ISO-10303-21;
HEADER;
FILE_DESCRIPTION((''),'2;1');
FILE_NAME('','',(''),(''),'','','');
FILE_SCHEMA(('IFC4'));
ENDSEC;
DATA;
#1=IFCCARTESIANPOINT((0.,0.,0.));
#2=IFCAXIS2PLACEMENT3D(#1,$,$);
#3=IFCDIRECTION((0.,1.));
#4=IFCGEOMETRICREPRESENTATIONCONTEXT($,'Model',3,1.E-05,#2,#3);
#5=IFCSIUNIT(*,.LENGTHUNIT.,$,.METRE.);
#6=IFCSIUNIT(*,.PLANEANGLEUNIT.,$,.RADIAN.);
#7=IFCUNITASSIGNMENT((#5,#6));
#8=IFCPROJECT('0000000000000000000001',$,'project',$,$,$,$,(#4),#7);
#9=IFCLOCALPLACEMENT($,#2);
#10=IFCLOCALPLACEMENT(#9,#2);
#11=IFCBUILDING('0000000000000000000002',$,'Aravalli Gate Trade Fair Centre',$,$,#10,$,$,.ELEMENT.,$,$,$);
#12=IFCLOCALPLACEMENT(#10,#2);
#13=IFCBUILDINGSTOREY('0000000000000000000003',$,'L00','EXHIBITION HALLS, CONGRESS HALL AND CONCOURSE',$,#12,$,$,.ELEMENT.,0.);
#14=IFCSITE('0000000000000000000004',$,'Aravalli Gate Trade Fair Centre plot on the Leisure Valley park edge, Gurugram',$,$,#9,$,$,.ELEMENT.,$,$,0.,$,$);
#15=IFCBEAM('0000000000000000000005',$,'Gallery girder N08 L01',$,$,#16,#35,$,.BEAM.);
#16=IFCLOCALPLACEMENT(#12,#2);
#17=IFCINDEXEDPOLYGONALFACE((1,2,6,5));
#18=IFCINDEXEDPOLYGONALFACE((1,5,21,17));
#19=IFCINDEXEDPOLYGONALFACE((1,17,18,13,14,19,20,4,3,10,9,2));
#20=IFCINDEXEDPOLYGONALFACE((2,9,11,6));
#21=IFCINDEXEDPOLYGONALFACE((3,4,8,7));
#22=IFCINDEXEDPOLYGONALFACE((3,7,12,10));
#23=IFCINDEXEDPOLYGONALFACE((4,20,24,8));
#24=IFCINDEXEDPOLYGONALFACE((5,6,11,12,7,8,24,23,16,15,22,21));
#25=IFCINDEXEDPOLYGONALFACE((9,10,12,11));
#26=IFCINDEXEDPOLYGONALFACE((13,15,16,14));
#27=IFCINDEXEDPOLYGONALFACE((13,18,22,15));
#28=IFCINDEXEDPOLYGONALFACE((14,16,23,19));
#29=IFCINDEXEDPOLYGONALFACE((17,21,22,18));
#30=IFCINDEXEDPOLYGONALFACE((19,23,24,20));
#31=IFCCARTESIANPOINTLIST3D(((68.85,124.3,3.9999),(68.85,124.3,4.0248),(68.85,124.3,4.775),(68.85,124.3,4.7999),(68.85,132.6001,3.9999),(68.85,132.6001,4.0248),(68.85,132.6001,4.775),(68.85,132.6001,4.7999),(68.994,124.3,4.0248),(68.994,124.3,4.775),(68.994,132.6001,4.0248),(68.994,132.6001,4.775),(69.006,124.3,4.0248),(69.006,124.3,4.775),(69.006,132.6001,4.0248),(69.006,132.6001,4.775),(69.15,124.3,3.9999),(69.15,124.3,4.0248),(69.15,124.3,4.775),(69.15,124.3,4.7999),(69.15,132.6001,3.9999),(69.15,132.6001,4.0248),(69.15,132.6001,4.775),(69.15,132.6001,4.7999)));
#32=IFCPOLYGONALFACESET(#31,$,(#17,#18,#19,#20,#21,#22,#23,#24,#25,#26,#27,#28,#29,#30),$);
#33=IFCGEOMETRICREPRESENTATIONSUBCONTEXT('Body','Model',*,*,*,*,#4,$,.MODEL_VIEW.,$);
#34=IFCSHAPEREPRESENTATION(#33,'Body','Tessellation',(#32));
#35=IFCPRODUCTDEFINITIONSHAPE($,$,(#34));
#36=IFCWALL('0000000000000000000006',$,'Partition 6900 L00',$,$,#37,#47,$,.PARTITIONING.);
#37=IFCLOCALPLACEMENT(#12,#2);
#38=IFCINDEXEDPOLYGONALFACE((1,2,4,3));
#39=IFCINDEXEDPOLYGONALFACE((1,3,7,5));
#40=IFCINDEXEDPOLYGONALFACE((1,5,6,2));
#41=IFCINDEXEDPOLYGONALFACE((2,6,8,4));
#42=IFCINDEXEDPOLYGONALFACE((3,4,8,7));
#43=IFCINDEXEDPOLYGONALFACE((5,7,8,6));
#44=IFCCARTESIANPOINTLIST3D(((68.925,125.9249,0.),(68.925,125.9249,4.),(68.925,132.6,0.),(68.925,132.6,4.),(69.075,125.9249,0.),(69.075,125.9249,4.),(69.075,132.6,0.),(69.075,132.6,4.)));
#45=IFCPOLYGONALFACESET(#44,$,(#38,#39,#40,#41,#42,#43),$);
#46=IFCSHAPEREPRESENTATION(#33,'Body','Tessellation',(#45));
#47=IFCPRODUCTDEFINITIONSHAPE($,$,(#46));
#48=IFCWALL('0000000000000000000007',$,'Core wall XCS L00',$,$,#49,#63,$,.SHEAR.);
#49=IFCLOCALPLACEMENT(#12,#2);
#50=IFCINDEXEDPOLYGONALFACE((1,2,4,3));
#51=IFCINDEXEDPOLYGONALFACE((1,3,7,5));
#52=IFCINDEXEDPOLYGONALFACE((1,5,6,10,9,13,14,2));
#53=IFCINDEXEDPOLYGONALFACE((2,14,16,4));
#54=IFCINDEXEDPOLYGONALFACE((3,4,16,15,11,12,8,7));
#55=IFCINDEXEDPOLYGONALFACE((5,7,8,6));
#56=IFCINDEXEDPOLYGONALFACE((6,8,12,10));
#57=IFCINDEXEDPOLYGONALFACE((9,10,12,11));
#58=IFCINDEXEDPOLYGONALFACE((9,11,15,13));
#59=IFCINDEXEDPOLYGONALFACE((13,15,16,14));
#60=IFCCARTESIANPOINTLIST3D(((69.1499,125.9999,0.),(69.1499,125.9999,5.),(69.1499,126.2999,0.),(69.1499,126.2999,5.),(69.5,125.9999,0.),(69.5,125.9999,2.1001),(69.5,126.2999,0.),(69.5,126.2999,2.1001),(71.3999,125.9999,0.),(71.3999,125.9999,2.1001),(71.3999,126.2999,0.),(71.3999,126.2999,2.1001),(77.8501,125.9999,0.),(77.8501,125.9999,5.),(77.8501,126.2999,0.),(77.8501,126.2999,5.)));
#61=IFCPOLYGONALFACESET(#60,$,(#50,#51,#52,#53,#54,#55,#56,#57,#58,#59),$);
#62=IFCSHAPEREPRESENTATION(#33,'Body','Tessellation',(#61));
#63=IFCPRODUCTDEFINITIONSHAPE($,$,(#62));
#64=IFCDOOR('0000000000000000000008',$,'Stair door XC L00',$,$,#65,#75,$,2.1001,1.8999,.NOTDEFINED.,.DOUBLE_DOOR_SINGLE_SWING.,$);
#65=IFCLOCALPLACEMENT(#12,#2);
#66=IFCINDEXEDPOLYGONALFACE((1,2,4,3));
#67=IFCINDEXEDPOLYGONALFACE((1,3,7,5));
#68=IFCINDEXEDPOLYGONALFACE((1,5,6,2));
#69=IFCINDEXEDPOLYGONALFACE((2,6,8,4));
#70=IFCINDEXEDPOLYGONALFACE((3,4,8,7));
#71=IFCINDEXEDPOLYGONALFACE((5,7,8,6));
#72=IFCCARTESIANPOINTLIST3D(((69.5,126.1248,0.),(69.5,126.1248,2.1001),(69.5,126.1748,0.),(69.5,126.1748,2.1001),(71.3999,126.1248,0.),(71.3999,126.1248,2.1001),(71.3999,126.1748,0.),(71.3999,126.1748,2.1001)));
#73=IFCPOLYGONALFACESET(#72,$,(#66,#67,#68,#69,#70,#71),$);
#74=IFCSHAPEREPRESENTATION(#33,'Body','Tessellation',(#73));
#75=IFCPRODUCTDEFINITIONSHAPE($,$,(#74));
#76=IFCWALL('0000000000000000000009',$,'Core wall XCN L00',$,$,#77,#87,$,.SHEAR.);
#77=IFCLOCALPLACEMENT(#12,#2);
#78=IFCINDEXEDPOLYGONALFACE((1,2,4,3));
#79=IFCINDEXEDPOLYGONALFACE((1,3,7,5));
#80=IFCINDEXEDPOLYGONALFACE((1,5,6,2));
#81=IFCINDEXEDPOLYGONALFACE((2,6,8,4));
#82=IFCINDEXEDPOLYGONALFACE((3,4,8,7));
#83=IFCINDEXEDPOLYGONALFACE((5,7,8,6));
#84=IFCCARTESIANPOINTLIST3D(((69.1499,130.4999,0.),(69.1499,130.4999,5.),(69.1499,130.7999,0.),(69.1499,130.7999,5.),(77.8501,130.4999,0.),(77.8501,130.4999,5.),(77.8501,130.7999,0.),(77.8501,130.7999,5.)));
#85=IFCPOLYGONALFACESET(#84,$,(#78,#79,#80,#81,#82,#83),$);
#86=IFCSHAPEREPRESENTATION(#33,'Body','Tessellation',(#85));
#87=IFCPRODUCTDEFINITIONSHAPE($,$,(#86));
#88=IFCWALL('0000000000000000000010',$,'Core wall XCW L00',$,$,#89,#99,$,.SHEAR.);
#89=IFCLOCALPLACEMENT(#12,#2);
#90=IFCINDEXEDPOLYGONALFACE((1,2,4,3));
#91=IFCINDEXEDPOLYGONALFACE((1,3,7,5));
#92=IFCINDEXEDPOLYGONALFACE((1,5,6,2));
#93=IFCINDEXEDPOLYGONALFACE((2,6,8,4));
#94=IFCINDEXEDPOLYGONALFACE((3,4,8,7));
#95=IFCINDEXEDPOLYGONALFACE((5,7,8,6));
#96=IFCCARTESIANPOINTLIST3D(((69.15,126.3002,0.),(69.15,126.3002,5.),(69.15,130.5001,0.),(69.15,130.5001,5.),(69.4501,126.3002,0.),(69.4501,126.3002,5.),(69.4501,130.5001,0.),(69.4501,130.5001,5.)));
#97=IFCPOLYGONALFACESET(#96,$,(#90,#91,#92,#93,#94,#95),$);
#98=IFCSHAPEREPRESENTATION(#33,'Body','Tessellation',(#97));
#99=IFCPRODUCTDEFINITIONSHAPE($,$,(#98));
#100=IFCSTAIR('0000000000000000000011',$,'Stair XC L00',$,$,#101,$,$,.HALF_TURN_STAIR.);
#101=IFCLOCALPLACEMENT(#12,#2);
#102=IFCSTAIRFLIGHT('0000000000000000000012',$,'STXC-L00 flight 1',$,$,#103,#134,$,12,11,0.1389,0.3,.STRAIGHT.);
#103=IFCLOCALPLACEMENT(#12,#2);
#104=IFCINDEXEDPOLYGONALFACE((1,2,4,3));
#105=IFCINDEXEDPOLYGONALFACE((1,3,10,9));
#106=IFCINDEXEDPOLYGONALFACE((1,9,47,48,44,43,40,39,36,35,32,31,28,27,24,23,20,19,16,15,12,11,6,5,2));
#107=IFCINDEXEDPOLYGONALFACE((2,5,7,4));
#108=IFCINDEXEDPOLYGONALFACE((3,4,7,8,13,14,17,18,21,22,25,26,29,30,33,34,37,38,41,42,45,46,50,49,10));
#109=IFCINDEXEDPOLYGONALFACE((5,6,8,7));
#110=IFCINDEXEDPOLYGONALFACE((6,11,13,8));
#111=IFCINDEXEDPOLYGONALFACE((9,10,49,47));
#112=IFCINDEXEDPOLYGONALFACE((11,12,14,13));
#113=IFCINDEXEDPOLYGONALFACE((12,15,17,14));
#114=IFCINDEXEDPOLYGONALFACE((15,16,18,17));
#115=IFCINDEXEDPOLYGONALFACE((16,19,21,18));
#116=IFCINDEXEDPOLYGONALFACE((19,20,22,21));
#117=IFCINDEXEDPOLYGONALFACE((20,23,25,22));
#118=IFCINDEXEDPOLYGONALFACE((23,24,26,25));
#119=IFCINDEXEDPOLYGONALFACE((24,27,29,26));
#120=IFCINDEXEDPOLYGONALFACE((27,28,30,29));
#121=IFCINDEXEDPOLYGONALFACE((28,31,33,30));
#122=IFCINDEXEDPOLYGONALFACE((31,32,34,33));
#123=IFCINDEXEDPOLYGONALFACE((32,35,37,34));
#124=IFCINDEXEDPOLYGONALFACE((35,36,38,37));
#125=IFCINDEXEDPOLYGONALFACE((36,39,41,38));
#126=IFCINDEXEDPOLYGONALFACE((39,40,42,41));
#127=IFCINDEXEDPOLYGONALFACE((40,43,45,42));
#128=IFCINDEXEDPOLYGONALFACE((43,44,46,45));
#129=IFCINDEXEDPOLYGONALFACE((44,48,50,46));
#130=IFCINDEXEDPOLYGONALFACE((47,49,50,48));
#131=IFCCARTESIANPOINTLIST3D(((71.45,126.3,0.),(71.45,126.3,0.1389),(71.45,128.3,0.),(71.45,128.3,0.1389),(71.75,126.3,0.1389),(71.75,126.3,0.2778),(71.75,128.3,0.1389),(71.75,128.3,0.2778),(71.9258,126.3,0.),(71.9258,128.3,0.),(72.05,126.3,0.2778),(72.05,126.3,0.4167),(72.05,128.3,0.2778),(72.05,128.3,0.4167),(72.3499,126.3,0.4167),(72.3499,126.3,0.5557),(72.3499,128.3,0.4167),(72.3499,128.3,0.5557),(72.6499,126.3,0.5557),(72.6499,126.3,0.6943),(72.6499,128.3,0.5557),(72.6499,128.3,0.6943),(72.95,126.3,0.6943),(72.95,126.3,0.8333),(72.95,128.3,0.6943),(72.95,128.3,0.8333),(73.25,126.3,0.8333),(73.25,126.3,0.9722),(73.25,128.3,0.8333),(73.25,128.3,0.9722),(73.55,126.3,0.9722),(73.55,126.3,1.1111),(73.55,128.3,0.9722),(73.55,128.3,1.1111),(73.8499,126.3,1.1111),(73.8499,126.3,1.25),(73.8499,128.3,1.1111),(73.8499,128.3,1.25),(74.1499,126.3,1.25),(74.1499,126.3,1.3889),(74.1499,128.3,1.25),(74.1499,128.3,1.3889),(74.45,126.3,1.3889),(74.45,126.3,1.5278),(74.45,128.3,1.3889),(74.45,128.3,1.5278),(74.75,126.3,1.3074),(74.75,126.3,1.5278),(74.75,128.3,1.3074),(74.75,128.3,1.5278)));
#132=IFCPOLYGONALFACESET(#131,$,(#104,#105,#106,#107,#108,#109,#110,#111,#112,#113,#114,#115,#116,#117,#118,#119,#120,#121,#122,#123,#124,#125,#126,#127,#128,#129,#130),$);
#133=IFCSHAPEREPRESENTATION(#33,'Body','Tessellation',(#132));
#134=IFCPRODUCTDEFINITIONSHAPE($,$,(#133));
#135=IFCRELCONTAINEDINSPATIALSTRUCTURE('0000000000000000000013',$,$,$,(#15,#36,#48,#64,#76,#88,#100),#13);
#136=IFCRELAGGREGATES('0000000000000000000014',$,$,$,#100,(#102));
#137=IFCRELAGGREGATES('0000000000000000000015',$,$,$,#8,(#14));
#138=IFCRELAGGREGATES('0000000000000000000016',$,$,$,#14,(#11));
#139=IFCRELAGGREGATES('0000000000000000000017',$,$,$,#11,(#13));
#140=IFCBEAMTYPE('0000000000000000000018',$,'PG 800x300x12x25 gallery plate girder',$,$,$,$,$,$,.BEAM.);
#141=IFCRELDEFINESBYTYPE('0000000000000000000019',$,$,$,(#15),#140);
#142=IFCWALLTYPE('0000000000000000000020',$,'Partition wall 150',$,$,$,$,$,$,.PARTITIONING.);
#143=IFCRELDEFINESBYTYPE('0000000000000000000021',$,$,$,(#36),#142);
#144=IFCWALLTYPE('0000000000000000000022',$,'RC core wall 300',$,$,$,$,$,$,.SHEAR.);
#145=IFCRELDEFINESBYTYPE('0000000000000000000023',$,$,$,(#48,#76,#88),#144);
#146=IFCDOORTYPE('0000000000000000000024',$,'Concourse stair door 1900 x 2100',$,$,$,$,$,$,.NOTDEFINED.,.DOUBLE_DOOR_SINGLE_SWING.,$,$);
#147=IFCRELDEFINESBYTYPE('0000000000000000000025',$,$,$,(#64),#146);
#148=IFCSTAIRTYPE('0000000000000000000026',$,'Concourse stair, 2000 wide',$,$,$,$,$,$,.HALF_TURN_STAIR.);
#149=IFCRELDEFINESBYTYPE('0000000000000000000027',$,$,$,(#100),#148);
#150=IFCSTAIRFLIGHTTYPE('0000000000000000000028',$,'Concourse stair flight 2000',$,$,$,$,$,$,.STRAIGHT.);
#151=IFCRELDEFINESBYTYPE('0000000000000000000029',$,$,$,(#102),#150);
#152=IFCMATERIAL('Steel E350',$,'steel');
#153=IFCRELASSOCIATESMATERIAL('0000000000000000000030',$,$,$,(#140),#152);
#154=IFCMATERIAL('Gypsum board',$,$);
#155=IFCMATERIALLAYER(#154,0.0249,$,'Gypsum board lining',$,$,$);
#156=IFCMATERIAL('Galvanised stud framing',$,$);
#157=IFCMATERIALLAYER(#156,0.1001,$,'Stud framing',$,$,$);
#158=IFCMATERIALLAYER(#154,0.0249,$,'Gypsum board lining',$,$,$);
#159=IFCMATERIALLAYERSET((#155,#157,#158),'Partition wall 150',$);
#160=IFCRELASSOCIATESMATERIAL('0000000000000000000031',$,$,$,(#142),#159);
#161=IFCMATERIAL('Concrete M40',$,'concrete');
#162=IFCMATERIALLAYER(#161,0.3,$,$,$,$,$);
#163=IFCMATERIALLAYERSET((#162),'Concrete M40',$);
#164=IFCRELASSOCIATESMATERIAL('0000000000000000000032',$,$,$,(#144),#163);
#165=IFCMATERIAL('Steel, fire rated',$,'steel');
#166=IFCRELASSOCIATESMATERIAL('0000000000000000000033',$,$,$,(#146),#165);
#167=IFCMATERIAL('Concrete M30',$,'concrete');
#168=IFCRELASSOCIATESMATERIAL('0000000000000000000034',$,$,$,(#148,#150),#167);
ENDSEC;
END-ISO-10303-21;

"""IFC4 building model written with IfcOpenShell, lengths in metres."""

from ifc_helpers import new_model, si_unit, direction, frame, frame_2d, origin, origin_2d, place, context, subcontext, project, spatial, polyline, rectangle, i_section, outline, extrude, material, layer, layer_set, material_profile, profile_set, type_object, element, fill, aggregate, save


model = new_model("IFC4")

# Units and contexts
model_context = context("Model", 3, precision=1e-05, world=origin(), true_north=direction((0.0, 1.0)))
body_context = subcontext(model_context, "Body", "Model", "MODEL_VIEW")
ifc_project = project(units=[si_unit("LENGTHUNIT", "METRE"), si_unit("PLANEANGLEUNIT", "RADIAN")], contexts=[model_context])

# Site, building, storey
site_placement = place(None, origin())
site = spatial("IfcSite", under=ifc_project, at=site_placement, Name="Aravalli Gate Trade Fair Centre plot on the Leisure Valley park edge, Gurugram", CompositionType="ELEMENT", RefElevation=0.0)
building_placement = place(site_placement, origin())
building = spatial("IfcBuilding", under=site, at=building_placement, Name="Aravalli Gate Trade Fair Centre", CompositionType="ELEMENT")
storey_placement = place(building_placement, origin())
storey = spatial("IfcBuildingStorey", under=building, at=storey_placement, Name="L00", Description="EXHIBITION HALLS, CONGRESS HALL AND CONCOURSE", CompositionType="ELEMENT", Elevation=0.0)

# Beam
ifc_material_1 = material(Name="Steel E350", Category="steel")
ifc_material_profile_1 = material_profile(ifc_material_1, i_section(OverallWidth=0.3, OverallDepth=0.8, WebThickness=0.012, FlangeThickness=0.0249, at=origin_2d()), Name="PG 800x300x12x25")
ifc_profile_set_1 = profile_set([ifc_material_profile_1], Name="Steel E350")
beam_type_1 = type_object("IfcBeamType", Name="PG 800x300x12x25 gallery plate girder", PredefinedType="BEAM", material=ifc_profile_set_1)
beam_1_placement = place(storey_placement, frame((69.0, 124.3, 4.3999), z_axis=(0.0, 1.0, 0.0), x_axis=(-1.0, 0.0, 0.0)))
element("IfcBeam", 1, at=beam_1_placement, inside=storey, type_object=beam_type_1, Name="Gallery girder N08 L01", PredefinedType="BEAM", context=body_context, shape_type="SweptSolid", body=[
    extrude(i_section(OverallWidth=0.3, OverallDepth=0.8, WebThickness=0.012, FlangeThickness=0.0249, at=origin_2d()), origin(), (0.0, 0.0, 1.0), 8.3),
])

# Wall
ifc_material_2 = material(Name="Gypsum board")
ifc_layer_1 = layer(ifc_material_2, 0.0249, Name="Gypsum board lining")
ifc_material_3 = material(Name="Galvanised stud framing")
ifc_layer_2 = layer(ifc_material_3, 0.1001, Name="Stud framing")
ifc_layer_3 = layer(ifc_material_2, 0.0249, Name="Gypsum board lining")
ifc_layer_set_1 = layer_set([ifc_layer_1, ifc_layer_2, ifc_layer_3], Name="Partition wall 150")
wall_type_1 = type_object("IfcWallType", Name="Partition wall 150", PredefinedType="PARTITIONING", material=ifc_layer_set_1)
wall_1_placement = place(storey_placement, frame((69.0, 125.925, 0.0), z_axis=(0.0, 0.0, 1.0), x_axis=(0.0, 1.0, 0.0)))
element("IfcWall", 2, at=wall_1_placement, inside=storey, type_object=wall_type_1, Name="Partition 6900 L00", PredefinedType="PARTITIONING", context=body_context, shape_type="SweptSolid", body=[
    extrude(rectangle(XDim=6.675, YDim=0.1499, at=frame_2d((3.3374, 0.0))), origin(), (0.0, 0.0, 1.0), 4.0),
])

# Wall, opening, door
ifc_material_4 = material(Name="Concrete M40", Category="concrete")
ifc_layer_4 = layer(ifc_material_4, 0.3)
ifc_layer_set_2 = layer_set([ifc_layer_4], Name="Concrete M40")
wall_type_2 = type_object("IfcWallType", Name="RC core wall 300", PredefinedType="SHEAR", material=ifc_layer_set_2)
wall_2_placement = place(storey_placement, frame((69.1499, 126.1499, 0.0), z_axis=(0.0, 0.0, 1.0), x_axis=(1.0, 0.0, 0.0)))
wall_2 = element("IfcWall", 3, at=wall_2_placement, inside=storey, type_object=wall_type_2, Name="Core wall XCS L00", PredefinedType="SHEAR", context=body_context, shape_type="SweptSolid", body=[
    extrude(rectangle(XDim=8.7002, YDim=0.3, at=frame_2d((4.3501, 0.0))), origin(), (0.0, 0.0, 1.0), 5.0),
])
opening_1_placement = place(wall_2_placement, frame((0.3501, 0.0, 0.0)))
opening_1 = element("IfcOpeningElement", 4, at=opening_1_placement, cuts=wall_2, PredefinedType="OPENING", context=body_context, shape_type="SweptSolid", body=[
    extrude(rectangle(XDim=1.8999, YDim=2.1001, at=frame_2d((0.95, 1.05))), frame((0.0, 0.1599, 0.0), z_axis=(0.0, -1.0, 0.0), x_axis=(1.0, 0.0, 0.0)), (0.0, 0.0, 1.0), 0.3201),
])
ifc_material_5 = material(Name="Steel, fire rated", Category="steel")
door_type_1 = type_object("IfcDoorType", Name="Concourse stair door 1900 x 2100", OperationType="DOUBLE_DOOR_SINGLE_SWING", PredefinedType="NOTDEFINED", material=ifc_material_5)
door_1_placement = place(opening_1_placement, origin())
door_1 = element("IfcDoor", 5, at=door_1_placement, inside=storey, type_object=door_type_1, Name="Stair door XC L00", OperationType="DOUBLE_DOOR_SINGLE_SWING", OverallHeight=2.1001, OverallWidth=1.8999, PredefinedType="NOTDEFINED", context=body_context, shape_type="SweptSolid", body=[
    extrude(rectangle(XDim=1.8999, YDim=2.1001, at=frame_2d((0.95, 1.05))), frame((0.0, 0.0249, 0.0), z_axis=(0.0, -1.0, 0.0), x_axis=(1.0, 0.0, 0.0)), (0.0, 0.0, 1.0), 0.05),
])
fill(opening_1, door_1)

# Walls
wall_3_placement = place(storey_placement, frame((69.1499, 130.6499, 0.0), z_axis=(0.0, 0.0, 1.0), x_axis=(1.0, 0.0, 0.0)))
element("IfcWall", 6, at=wall_3_placement, inside=storey, type_object=wall_type_2, Name="Core wall XCN L00", PredefinedType="SHEAR", context=body_context, shape_type="SweptSolid", body=[
    extrude(rectangle(XDim=8.7002, YDim=0.3, at=frame_2d((4.3501, 0.0))), origin(), (0.0, 0.0, 1.0), 5.0),
])
wall_4_placement = place(storey_placement, frame((69.3, 126.3, 0.0), z_axis=(0.0, 0.0, 1.0), x_axis=(0.0, 1.0, 0.0)))
element("IfcWall", 7, at=wall_4_placement, inside=storey, type_object=wall_type_2, Name="Core wall XCW L00", PredefinedType="SHEAR", context=body_context, shape_type="SweptSolid", body=[
    extrude(rectangle(XDim=4.2, YDim=0.3, at=frame_2d((2.1001, 0.0))), origin(), (0.0, 0.0, 1.0), 5.0),
])

# Stair, stair flight
ifc_material_6 = material(Name="Concrete M30", Category="concrete")
stair_type = type_object("IfcStairType", Name="Concourse stair, 2000 wide", PredefinedType="HALF_TURN_STAIR", material=ifc_material_6)
stair_placement = place(storey_placement, origin())
stair = element("IfcStair", 8, at=stair_placement, inside=storey, type_object=stair_type, Name="Stair XC L00", PredefinedType="HALF_TURN_STAIR")
stair_flight_type = type_object("IfcStairFlightType", Name="Concourse stair flight 2000", PredefinedType="STRAIGHT", material=ifc_material_6)
stair_flight_placement = place(storey_placement, frame((71.45, 127.3, 0.0), z_axis=(0.0, 0.0, 1.0), x_axis=(1.0, 0.0, 0.0)))
stair_flight = element("IfcStairFlight", 9, at=stair_flight_placement, type_object=stair_flight_type, Name="STXC-L00 flight 1", NumberOfRisers=12, NumberOfTreads=11, PredefinedType="STRAIGHT", RiserHeight=0.1389, TreadLength=0.3, context=body_context, shape_type="SweptSolid", body=[
    extrude(outline(polyline([(0.0, 0.0), (0.0, 0.1389), (0.3, 0.1389), (0.3, 0.2778), (0.6001, 0.2778), (0.6001, 0.4167), (0.8999, 0.4167), (0.8999, 0.5557), (1.2, 0.5557), (1.2, 0.6943), (1.5, 0.6943), (1.5, 0.8333), (1.8, 0.8333), (1.8, 0.9722), (2.1001, 0.9722), (2.1001, 1.1111), (2.3999, 1.1111), (2.3999, 1.25), (2.7, 1.25), (2.7, 1.3889), (3.0, 1.3889), (3.0, 1.5278), (3.3, 1.5278), (3.3, 1.6667), (3.3, 1.3074), (0.4758, 0.0), (0.0, 0.0)])), frame((0.0, 1.0, 0.0), z_axis=(0.0, -1.0, 0.0), x_axis=(1.0, 0.0, 0.0)), (0.0, 0.0, 1.0), 2.0),
])
aggregate(stair, [stair_flight])

save(model, "model.ifc")
